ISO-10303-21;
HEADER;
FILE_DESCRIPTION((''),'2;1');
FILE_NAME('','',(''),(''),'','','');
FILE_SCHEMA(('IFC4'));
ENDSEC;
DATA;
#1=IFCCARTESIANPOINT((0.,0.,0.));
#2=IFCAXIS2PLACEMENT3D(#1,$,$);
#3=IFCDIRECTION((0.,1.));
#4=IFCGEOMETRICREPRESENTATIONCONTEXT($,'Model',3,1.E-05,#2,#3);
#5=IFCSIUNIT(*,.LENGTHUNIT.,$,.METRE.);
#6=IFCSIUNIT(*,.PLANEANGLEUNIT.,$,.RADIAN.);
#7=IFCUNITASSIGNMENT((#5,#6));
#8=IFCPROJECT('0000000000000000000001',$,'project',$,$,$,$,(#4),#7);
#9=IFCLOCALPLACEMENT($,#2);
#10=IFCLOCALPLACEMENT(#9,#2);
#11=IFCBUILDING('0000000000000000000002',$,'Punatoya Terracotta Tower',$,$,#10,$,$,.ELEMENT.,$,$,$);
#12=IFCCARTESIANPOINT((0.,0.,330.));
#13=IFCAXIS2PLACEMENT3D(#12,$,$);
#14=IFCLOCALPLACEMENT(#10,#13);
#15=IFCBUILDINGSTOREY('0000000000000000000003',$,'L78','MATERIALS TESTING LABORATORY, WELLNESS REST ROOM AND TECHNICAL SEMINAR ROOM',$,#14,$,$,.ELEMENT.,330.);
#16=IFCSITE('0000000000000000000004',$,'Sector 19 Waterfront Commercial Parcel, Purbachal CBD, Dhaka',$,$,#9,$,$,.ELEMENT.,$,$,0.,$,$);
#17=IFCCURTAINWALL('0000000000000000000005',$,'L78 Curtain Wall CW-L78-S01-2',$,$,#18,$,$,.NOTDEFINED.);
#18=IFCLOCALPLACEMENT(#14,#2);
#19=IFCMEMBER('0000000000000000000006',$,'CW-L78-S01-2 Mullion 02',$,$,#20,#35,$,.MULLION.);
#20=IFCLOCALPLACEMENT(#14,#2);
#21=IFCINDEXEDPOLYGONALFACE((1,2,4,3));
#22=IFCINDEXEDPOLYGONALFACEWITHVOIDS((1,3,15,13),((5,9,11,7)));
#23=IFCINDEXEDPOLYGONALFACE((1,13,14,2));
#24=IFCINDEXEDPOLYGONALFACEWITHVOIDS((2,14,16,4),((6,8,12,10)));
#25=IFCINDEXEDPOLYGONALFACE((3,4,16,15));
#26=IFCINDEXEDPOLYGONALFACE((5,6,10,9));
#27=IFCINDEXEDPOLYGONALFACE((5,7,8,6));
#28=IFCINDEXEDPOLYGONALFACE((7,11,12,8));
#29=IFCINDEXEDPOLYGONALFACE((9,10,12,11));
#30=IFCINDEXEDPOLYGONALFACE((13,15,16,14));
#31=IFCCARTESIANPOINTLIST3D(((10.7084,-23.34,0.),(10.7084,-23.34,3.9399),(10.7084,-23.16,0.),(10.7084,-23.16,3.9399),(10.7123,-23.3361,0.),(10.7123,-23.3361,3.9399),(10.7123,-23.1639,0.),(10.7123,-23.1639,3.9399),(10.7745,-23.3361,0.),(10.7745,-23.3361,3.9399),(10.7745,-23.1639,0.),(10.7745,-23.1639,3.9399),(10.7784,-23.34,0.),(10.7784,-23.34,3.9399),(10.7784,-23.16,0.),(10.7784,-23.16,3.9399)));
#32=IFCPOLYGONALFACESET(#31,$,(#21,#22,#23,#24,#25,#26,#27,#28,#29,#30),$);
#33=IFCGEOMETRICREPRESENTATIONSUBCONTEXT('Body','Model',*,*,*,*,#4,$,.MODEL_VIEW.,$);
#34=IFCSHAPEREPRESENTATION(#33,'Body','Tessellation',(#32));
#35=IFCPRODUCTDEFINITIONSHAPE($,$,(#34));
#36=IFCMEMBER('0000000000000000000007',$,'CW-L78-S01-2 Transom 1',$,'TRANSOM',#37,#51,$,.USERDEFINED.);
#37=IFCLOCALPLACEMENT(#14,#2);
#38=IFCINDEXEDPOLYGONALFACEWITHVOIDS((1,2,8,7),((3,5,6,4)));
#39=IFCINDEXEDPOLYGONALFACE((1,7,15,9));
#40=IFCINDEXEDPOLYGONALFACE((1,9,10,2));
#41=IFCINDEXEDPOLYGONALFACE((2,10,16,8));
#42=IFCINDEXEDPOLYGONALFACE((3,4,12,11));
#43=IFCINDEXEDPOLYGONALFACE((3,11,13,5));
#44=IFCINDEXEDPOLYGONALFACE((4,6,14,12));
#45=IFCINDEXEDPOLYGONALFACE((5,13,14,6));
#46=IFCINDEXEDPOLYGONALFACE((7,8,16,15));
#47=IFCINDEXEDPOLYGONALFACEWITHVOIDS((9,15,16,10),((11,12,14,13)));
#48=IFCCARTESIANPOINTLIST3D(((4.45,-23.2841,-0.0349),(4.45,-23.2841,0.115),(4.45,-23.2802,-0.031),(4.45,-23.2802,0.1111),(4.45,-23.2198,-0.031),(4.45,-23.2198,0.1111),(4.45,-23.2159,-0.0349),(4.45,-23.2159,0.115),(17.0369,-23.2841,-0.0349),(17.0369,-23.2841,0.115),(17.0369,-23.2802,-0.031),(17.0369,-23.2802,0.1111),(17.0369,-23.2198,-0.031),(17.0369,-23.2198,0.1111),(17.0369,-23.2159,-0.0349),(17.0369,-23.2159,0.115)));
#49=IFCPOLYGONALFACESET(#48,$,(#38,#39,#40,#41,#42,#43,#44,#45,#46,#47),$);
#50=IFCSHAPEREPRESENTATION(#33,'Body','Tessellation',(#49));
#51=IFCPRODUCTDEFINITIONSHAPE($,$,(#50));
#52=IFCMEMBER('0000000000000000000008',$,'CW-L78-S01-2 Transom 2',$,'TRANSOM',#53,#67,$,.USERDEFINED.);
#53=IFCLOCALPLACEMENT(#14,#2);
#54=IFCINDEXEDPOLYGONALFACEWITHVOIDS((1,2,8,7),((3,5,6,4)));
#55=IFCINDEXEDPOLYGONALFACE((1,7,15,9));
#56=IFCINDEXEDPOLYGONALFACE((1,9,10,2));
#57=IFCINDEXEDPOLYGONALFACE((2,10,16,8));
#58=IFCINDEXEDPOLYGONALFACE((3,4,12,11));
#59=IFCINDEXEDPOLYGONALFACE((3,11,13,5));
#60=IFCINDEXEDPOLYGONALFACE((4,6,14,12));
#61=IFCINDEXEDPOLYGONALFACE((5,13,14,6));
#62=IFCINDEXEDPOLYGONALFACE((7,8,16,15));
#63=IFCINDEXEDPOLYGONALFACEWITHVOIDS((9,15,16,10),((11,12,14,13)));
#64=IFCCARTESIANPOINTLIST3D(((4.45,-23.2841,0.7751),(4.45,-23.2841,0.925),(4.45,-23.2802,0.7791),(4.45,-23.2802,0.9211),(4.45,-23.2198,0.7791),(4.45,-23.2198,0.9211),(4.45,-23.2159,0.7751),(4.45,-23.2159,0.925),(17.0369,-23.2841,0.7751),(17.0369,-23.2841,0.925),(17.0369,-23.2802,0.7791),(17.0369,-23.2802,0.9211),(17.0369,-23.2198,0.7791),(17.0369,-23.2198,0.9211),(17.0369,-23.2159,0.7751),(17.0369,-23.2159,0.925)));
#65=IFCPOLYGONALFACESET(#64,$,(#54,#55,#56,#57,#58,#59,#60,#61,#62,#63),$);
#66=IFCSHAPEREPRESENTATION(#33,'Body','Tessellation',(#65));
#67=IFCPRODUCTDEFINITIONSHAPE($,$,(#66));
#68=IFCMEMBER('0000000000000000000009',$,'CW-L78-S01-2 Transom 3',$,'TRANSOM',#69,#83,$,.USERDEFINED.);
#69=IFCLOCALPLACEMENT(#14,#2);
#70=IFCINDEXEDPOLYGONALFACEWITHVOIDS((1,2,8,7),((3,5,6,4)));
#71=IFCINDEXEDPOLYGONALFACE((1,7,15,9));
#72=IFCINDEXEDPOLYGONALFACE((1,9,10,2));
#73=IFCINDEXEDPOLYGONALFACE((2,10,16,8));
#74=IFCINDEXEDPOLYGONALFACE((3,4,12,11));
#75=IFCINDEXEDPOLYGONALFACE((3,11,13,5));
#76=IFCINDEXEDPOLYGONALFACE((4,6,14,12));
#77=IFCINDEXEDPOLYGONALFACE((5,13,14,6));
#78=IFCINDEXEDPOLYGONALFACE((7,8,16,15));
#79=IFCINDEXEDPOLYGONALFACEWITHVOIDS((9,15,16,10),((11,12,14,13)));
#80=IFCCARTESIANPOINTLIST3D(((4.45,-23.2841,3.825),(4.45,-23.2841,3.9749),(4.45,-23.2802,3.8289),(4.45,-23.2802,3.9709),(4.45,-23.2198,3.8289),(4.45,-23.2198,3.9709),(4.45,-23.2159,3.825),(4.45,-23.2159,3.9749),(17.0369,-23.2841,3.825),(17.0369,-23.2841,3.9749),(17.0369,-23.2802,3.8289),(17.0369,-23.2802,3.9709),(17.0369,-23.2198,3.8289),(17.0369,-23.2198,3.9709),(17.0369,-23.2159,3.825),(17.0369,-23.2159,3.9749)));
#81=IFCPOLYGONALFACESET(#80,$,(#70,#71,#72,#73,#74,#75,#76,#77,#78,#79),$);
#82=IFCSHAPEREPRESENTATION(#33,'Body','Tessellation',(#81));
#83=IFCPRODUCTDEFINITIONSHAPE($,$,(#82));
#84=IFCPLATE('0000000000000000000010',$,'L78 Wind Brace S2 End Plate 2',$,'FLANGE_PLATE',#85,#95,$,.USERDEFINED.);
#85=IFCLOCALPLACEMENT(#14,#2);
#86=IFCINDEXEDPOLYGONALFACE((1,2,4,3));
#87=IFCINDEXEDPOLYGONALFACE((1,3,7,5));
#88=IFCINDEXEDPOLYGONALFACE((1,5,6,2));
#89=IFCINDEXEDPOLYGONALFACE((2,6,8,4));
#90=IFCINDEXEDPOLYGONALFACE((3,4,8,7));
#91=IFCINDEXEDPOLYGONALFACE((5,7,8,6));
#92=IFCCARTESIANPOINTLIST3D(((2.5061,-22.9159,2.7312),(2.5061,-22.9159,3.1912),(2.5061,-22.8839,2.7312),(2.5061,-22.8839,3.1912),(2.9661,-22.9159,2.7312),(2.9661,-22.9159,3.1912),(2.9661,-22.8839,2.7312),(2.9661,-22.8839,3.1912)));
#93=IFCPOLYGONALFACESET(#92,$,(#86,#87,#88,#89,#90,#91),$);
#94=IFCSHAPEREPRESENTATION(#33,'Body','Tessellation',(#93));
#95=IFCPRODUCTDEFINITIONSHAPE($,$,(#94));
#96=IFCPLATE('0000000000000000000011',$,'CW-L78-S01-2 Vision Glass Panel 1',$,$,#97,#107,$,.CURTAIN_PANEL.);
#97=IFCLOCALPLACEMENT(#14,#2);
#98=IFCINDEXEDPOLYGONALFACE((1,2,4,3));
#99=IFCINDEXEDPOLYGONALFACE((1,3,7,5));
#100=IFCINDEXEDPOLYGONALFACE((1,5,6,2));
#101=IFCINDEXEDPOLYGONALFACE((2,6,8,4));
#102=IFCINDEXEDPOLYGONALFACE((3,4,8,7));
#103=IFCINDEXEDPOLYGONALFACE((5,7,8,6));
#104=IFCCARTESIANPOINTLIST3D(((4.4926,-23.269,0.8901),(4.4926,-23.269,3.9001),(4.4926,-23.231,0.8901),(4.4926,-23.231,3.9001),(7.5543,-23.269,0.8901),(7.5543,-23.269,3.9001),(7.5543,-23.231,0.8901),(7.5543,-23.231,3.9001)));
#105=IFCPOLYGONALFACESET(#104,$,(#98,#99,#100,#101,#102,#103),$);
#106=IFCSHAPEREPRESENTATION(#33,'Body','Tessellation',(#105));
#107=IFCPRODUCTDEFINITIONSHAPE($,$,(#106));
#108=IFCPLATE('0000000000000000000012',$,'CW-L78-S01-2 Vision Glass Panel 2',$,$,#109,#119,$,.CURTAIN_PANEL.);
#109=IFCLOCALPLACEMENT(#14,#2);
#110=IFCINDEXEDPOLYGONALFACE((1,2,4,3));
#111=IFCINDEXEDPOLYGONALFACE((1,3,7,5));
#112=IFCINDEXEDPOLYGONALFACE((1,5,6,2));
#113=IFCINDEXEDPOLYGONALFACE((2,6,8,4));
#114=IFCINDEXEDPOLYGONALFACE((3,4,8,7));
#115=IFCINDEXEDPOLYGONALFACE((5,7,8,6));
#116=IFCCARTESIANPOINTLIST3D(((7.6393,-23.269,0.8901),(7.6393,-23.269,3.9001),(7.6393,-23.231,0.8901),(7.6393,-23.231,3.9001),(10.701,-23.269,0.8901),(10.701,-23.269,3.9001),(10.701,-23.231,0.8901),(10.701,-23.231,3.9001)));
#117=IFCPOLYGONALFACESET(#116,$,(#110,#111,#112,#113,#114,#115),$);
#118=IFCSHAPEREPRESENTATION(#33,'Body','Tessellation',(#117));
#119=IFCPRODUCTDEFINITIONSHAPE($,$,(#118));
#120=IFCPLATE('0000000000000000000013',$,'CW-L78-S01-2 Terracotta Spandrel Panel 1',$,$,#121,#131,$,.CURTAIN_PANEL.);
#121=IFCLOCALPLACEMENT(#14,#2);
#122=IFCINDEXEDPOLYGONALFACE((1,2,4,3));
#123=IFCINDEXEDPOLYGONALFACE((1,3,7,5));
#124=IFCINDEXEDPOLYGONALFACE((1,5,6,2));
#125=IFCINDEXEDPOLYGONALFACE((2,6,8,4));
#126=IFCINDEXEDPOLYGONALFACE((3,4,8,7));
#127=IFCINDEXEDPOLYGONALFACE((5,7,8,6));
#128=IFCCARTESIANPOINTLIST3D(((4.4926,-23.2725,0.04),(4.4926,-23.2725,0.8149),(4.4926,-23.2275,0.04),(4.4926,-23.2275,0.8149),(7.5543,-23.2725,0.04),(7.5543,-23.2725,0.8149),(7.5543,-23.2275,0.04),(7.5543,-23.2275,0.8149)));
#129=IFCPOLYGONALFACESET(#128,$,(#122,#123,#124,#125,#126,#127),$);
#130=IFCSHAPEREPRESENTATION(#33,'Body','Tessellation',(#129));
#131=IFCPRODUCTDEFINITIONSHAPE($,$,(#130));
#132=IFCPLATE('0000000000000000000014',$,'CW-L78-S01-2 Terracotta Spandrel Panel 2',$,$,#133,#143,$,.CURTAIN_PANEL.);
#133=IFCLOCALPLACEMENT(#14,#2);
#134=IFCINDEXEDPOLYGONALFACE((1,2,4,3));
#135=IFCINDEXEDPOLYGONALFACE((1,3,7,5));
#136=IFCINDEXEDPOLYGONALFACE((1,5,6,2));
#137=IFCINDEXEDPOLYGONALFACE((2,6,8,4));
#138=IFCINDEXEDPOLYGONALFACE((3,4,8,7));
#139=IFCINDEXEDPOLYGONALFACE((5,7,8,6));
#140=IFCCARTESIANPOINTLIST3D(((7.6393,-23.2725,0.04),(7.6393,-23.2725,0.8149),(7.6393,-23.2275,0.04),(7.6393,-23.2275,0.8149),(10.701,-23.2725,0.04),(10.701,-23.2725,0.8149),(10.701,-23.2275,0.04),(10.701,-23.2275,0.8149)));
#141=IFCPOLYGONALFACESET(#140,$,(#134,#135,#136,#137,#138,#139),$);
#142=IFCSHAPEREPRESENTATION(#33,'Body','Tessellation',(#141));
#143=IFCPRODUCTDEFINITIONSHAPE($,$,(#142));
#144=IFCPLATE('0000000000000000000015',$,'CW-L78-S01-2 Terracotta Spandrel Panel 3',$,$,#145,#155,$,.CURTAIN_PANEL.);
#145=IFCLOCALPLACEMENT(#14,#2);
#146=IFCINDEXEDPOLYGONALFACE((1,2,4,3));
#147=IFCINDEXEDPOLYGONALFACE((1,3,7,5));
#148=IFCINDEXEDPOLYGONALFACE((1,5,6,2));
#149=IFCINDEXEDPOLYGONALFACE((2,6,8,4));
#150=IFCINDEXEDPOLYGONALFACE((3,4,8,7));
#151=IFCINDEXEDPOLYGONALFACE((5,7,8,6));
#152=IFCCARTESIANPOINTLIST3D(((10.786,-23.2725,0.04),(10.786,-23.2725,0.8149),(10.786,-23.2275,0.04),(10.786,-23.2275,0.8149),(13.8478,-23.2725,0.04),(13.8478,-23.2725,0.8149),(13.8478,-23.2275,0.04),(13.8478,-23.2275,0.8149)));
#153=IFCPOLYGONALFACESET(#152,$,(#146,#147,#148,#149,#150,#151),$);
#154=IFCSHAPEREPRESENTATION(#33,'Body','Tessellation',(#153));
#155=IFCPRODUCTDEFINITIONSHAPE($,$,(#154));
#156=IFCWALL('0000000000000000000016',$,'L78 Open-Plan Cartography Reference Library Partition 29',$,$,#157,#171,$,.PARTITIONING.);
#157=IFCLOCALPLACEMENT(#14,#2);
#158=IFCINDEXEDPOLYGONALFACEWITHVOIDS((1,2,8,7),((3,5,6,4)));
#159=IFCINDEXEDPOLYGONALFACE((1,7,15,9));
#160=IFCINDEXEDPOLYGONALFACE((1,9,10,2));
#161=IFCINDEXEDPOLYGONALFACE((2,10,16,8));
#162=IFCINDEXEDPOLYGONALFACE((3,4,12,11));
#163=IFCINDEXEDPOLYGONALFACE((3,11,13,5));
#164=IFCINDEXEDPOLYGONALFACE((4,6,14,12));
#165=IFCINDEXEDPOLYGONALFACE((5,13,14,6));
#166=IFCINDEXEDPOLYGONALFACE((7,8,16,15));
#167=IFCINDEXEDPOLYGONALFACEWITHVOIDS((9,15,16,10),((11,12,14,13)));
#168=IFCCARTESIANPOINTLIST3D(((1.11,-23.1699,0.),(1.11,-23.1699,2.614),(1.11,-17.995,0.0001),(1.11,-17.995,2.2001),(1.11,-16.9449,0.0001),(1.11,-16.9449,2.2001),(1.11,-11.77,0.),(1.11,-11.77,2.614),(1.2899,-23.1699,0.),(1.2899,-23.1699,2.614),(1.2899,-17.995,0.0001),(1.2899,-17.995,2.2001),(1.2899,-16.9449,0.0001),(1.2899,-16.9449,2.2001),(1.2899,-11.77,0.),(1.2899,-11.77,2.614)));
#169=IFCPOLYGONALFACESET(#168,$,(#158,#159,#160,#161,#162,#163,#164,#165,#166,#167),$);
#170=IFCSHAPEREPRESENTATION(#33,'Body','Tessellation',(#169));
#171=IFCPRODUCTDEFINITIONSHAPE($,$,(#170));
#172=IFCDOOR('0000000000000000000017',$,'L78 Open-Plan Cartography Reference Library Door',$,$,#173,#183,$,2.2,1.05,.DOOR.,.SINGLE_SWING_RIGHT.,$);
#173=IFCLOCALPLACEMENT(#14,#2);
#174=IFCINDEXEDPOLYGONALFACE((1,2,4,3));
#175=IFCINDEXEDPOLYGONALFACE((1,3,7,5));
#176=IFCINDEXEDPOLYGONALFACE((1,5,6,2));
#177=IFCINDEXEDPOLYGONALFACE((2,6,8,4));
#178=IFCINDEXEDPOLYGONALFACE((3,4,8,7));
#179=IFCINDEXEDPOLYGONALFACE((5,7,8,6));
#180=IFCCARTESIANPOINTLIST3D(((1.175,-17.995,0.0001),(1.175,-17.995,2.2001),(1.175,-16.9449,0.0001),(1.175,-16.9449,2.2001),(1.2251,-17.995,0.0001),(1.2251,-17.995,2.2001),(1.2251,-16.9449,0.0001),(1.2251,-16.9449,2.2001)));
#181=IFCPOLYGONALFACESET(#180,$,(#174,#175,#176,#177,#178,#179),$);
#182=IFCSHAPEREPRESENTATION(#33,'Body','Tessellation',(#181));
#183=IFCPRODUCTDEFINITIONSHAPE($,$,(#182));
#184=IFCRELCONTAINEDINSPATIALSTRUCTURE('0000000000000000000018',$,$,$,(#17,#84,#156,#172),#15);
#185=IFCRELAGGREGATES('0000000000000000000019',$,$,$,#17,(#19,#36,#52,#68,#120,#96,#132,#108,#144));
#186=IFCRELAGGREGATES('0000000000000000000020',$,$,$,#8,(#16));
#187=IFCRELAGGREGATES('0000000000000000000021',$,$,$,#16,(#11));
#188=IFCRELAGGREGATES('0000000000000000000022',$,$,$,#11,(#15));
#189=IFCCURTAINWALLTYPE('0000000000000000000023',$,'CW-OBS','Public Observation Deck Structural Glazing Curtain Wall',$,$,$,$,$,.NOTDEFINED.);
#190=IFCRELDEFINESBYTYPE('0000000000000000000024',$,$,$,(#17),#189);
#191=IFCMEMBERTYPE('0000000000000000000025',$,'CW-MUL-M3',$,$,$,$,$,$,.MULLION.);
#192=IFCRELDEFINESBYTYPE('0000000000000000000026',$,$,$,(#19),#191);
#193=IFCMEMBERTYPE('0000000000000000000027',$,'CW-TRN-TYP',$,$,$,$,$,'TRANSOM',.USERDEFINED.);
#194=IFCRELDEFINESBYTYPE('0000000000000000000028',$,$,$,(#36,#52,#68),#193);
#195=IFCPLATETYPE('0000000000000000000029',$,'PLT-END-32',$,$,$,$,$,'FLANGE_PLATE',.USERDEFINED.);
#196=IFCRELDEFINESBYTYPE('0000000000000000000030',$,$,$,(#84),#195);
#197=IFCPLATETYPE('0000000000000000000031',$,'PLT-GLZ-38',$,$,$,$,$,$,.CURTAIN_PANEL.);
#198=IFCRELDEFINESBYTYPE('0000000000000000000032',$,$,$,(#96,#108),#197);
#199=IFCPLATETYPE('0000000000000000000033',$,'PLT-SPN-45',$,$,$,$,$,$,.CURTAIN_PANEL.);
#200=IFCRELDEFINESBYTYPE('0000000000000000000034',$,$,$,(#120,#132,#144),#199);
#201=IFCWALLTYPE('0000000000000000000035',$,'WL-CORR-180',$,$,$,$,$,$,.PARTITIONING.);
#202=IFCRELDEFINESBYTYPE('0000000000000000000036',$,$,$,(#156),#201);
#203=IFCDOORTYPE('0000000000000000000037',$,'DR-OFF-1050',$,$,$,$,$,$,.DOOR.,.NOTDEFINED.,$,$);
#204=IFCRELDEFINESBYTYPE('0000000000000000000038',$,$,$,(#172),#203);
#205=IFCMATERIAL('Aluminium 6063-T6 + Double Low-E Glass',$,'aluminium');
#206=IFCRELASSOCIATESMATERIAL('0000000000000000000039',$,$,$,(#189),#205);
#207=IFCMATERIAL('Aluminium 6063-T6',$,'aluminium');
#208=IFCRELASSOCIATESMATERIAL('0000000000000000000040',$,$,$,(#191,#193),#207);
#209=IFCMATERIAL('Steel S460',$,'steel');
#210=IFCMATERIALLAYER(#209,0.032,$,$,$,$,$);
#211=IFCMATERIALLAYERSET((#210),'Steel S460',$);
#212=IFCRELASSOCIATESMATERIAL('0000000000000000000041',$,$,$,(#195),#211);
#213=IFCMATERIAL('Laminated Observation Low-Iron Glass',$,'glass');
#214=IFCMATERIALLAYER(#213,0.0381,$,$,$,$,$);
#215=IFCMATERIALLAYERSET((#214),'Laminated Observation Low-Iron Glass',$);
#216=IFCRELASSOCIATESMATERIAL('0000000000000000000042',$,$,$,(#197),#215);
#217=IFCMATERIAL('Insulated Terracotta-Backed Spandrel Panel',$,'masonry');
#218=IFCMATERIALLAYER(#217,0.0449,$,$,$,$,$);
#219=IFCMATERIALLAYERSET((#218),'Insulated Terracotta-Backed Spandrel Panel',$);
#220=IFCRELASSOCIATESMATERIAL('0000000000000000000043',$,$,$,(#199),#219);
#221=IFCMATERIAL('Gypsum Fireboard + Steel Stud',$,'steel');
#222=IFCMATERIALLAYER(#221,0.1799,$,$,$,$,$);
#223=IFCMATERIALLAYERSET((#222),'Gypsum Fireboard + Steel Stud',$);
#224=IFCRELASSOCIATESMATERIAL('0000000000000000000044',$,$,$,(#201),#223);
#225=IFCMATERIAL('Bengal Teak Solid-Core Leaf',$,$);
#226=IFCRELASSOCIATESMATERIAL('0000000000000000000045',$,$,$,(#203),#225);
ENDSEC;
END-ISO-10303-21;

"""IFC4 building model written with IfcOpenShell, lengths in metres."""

from ifc_helpers import new_model, si_unit, direction, frame, frame_2d, origin, origin_2d, place, context, subcontext, project, spatial, rectangle, hollow_rectangle, extrude, material, layer, layer_set, material_profile, profile_set, type_object, element, fill, aggregate, save


model = new_model("IFC4")

# Units and contexts
model_context = context("Model", 3, precision=1e-05, world=origin(), true_north=direction((0.0, 1.0)))
body_context = subcontext(model_context, "Body", "Model", "MODEL_VIEW")
ifc_project = project(units=[si_unit("LENGTHUNIT", "METRE"), si_unit("PLANEANGLEUNIT", "RADIAN")], contexts=[model_context])

# Site, building, storey
site_placement = place(None, origin())
site = spatial("IfcSite", under=ifc_project, at=site_placement, Name="Sector 19 Waterfront Commercial Parcel, Purbachal CBD, Dhaka", CompositionType="ELEMENT", RefElevation=0.0)
building_placement = place(site_placement, origin())
building = spatial("IfcBuilding", under=site, at=building_placement, Name="Punatoya Terracotta Tower", CompositionType="ELEMENT")
storey_placement = place(building_placement, frame((0.0, 0.0, 330.0)))
storey = spatial("IfcBuildingStorey", under=building, at=storey_placement, Name="L78", Description="MATERIALS TESTING LABORATORY, WELLNESS REST ROOM AND TECHNICAL SEMINAR ROOM", CompositionType="ELEMENT", Elevation=330.0)

# Shared definitions
ifc_material_1 = material(Name="Steel S460", Category="steel")

# Curtain wall, members
ifc_material_2 = material(Name="Aluminium 6063-T6 + Double Low-E Glass", Category="aluminium")
curtain_wall_type = type_object("IfcCurtainWallType", Name="CW-OBS", Description="Public Observation Deck Structural Glazing Curtain Wall", PredefinedType="NOTDEFINED", material=ifc_material_2)
curtain_wall_placement = place(storey_placement, origin())
curtain_wall = element("IfcCurtainWall", 1, at=curtain_wall_placement, inside=storey, type_object=curtain_wall_type, Name="L78 Curtain Wall CW-L78-S01-2", PredefinedType="NOTDEFINED")
ifc_material_3 = material(Name="Aluminium 6063-T6", Category="aluminium")
ifc_material_profile_1 = material_profile(ifc_material_3, hollow_rectangle(XDim=0.0701, YDim=0.1799, WallThickness=0.0039, at=origin_2d()))
ifc_profile_set_1 = profile_set([ifc_material_profile_1], Name="Aluminium 6063-T6")
member_type_1 = type_object("IfcMemberType", Name="CW-MUL-M3", PredefinedType="MULLION", material=ifc_profile_set_1)
member_1_placement = place(storey_placement, frame((10.7434, -23.25, 0.0), z_axis=(0.0, 0.0, 1.0), x_axis=(1.0, 0.0, 0.0)))
member_1 = element("IfcMember", 2, at=member_1_placement, type_object=member_type_1, Name="CW-L78-S01-2 Mullion 02", PredefinedType="MULLION", context=body_context, shape_type="SweptSolid", body=[
    extrude(hollow_rectangle(XDim=0.0701, YDim=0.1799, WallThickness=0.0039, at=origin_2d()), origin(), (0.0, 0.0, 1.0), 3.9399),
])
ifc_material_profile_2 = material_profile(ifc_material_3, hollow_rectangle(XDim=0.0681, YDim=0.1499, WallThickness=0.0039, at=origin_2d()))
ifc_profile_set_2 = profile_set([ifc_material_profile_2], Name="Aluminium 6063-T6")
member_type_2 = type_object("IfcMemberType", Name="CW-TRN-TYP", ElementType="TRANSOM", PredefinedType="USERDEFINED", material=ifc_profile_set_2)
member_2_placement = place(storey_placement, frame((4.45, -23.25, 0.04), z_axis=(1.0, 0.0, 0.0), x_axis=(0.0, 1.0, 0.0)))
member_2 = element("IfcMember", 3, at=member_2_placement, type_object=member_type_2, Name="CW-L78-S01-2 Transom 1", ObjectType="TRANSOM", PredefinedType="USERDEFINED", context=body_context, shape_type="SweptSolid", body=[
    extrude(hollow_rectangle(XDim=0.0681, YDim=0.1499, WallThickness=0.0039, at=origin_2d()), origin(), (0.0, 0.0, 1.0), 12.5869),
])
member_3_placement = place(storey_placement, frame((4.45, -23.25, 0.8501), z_axis=(1.0, 0.0, 0.0), x_axis=(0.0, 1.0, 0.0)))
member_3 = element("IfcMember", 4, at=member_3_placement, type_object=member_type_2, Name="CW-L78-S01-2 Transom 2", ObjectType="TRANSOM", PredefinedType="USERDEFINED", context=body_context, shape_type="SweptSolid", body=[
    extrude(hollow_rectangle(XDim=0.0681, YDim=0.1499, WallThickness=0.0039, at=origin_2d()), origin(), (0.0, 0.0, 1.0), 12.5869),
])
member_4_placement = place(storey_placement, frame((4.45, -23.25, 3.8999), z_axis=(1.0, 0.0, 0.0), x_axis=(0.0, 1.0, 0.0)))
member_4 = element("IfcMember", 5, at=member_4_placement, type_object=member_type_2, Name="CW-L78-S01-2 Transom 3", ObjectType="TRANSOM", PredefinedType="USERDEFINED", context=body_context, shape_type="SweptSolid", body=[
    extrude(hollow_rectangle(XDim=0.0681, YDim=0.1499, WallThickness=0.0039, at=origin_2d()), origin(), (0.0, 0.0, 1.0), 12.5869),
])

# Plates
ifc_layer_1 = layer(ifc_material_1, 0.032)
ifc_layer_set_1 = layer_set([ifc_layer_1], Name="Steel S460")
plate_type_1 = type_object("IfcPlateType", Name="PLT-END-32", ElementType="FLANGE_PLATE", PredefinedType="USERDEFINED", material=ifc_layer_set_1)
plate_1_placement = place(storey_placement, frame((2.7361, -22.8999, 2.7312), z_axis=(0.0, 0.0, 1.0), x_axis=(1.0, 0.0, 0.0)))
element("IfcPlate", 6, at=plate_1_placement, inside=storey, type_object=plate_type_1, Name="L78 Wind Brace S2 End Plate 2", ObjectType="FLANGE_PLATE", PredefinedType="USERDEFINED", context=body_context, shape_type="SweptSolid", body=[
    extrude(rectangle(XDim=0.46, YDim=0.032, at=origin_2d()), origin(), (0.0, 0.0, 1.0), 0.46),
])
ifc_material_4 = material(Name="Laminated Observation Low-Iron Glass", Category="glass")
ifc_layer_2 = layer(ifc_material_4, 0.0381)
ifc_layer_set_2 = layer_set([ifc_layer_2], Name="Laminated Observation Low-Iron Glass")
plate_type_2 = type_object("IfcPlateType", Name="PLT-GLZ-38", PredefinedType="CURTAIN_PANEL", material=ifc_layer_set_2)
plate_2_placement = place(storey_placement, frame((6.0234, -23.25, 0.8901), z_axis=(0.0, 0.0, 1.0), x_axis=(1.0, 0.0, 0.0)))
plate_2 = element("IfcPlate", 7, at=plate_2_placement, type_object=plate_type_2, Name="CW-L78-S01-2 Vision Glass Panel 1", PredefinedType="CURTAIN_PANEL", context=body_context, shape_type="SweptSolid", body=[
    extrude(rectangle(XDim=3.0618, YDim=0.0381, at=origin_2d()), origin(), (0.0, 0.0, 1.0), 3.01),
])
plate_3_placement = place(storey_placement, frame((9.1702, -23.25, 0.8901), z_axis=(0.0, 0.0, 1.0), x_axis=(1.0, 0.0, 0.0)))
plate_3 = element("IfcPlate", 8, at=plate_3_placement, type_object=plate_type_2, Name="CW-L78-S01-2 Vision Glass Panel 2", PredefinedType="CURTAIN_PANEL", context=body_context, shape_type="SweptSolid", body=[
    extrude(rectangle(XDim=3.0618, YDim=0.0381, at=origin_2d()), origin(), (0.0, 0.0, 1.0), 3.01),
])
ifc_material_5 = material(Name="Insulated Terracotta-Backed Spandrel Panel", Category="masonry")
ifc_layer_3 = layer(ifc_material_5, 0.0449)
ifc_layer_set_3 = layer_set([ifc_layer_3], Name="Insulated Terracotta-Backed Spandrel Panel")
plate_type_3 = type_object("IfcPlateType", Name="PLT-SPN-45", PredefinedType="CURTAIN_PANEL", material=ifc_layer_set_3)
plate_4_placement = place(storey_placement, frame((6.0234, -23.25, 0.04), z_axis=(0.0, 0.0, 1.0), x_axis=(1.0, 0.0, 0.0)))
plate_4 = element("IfcPlate", 9, at=plate_4_placement, type_object=plate_type_3, Name="CW-L78-S01-2 Terracotta Spandrel Panel 1", PredefinedType="CURTAIN_PANEL", context=body_context, shape_type="SweptSolid", body=[
    extrude(rectangle(XDim=3.0618, YDim=0.0449, at=origin_2d()), origin(), (0.0, 0.0, 1.0), 0.7749),
])
plate_5_placement = place(storey_placement, frame((9.1702, -23.25, 0.04), z_axis=(0.0, 0.0, 1.0), x_axis=(1.0, 0.0, 0.0)))
plate_5 = element("IfcPlate", 10, at=plate_5_placement, type_object=plate_type_3, Name="CW-L78-S01-2 Terracotta Spandrel Panel 2", PredefinedType="CURTAIN_PANEL", context=body_context, shape_type="SweptSolid", body=[
    extrude(rectangle(XDim=3.0618, YDim=0.0449, at=origin_2d()), origin(), (0.0, 0.0, 1.0), 0.7749),
])
plate_6_placement = place(storey_placement, frame((12.3169, -23.25, 0.04), z_axis=(0.0, 0.0, 1.0), x_axis=(1.0, 0.0, 0.0)))
plate_6 = element("IfcPlate", 11, at=plate_6_placement, type_object=plate_type_3, Name="CW-L78-S01-2 Terracotta Spandrel Panel 3", PredefinedType="CURTAIN_PANEL", context=body_context, shape_type="SweptSolid", body=[
    extrude(rectangle(XDim=3.0618, YDim=0.0449, at=origin_2d()), origin(), (0.0, 0.0, 1.0), 0.7749),
])
aggregate(curtain_wall, [member_1, member_2, member_3, member_4, plate_4, plate_2, plate_5, plate_3, plate_6])

# Wall, opening, door
ifc_material_6 = material(Name="Gypsum Fireboard + Steel Stud", Category="steel")
ifc_layer_4 = layer(ifc_material_6, 0.1799)
ifc_layer_set_4 = layer_set([ifc_layer_4], Name="Gypsum Fireboard + Steel Stud")
wall_type = type_object("IfcWallType", Name="WL-CORR-180", PredefinedType="PARTITIONING", material=ifc_layer_set_4)
wall_placement = place(storey_placement, frame((1.2, -23.1699, 0.0), z_axis=(0.0, 0.0, 1.0), x_axis=(0.0, 1.0, 0.0)))
wall = element("IfcWall", 12, at=wall_placement, inside=storey, type_object=wall_type, Name="L78 Open-Plan Cartography Reference Library Partition 29", PredefinedType="PARTITIONING", context=body_context, shape_type="SweptSolid", body=[
    extrude(rectangle(XDim=11.3999, YDim=0.1799, at=frame_2d((5.7, 0.0))), origin(), (0.0, 0.0, 1.0), 2.614),
])
opening_placement = place(wall_placement, frame((5.175, 0.0, 0.0)))
opening = element("IfcOpeningElement", 13, at=opening_placement, cuts=wall, PredefinedType="OPENING", context=body_context, shape_type="SweptSolid", body=[
    extrude(rectangle(XDim=1.05, YDim=2.2, at=frame_2d((0.5249, 1.1001))), frame((0.0, 0.0999, 0.0), z_axis=(0.0, -1.0, 0.0), x_axis=(1.0, 0.0, 0.0)), (0.0, 0.0, 1.0), 0.2),
])
ifc_material_7 = material(Name="Bengal Teak Solid-Core Leaf")
door_type = type_object("IfcDoorType", Name="DR-OFF-1050", OperationType="NOTDEFINED", PredefinedType="DOOR", material=ifc_material_7)
door_placement = place(opening_placement, origin())
door = element("IfcDoor", 14, at=door_placement, inside=storey, type_object=door_type, Name="L78 Open-Plan Cartography Reference Library Door", OperationType="SINGLE_SWING_RIGHT", OverallHeight=2.2, OverallWidth=1.05, PredefinedType="DOOR", context=body_context, shape_type="SweptSolid", body=[
    extrude(rectangle(XDim=1.05, YDim=2.2, at=frame_2d((0.5249, 1.1001))), frame((0.0, 0.0249, 0.0), z_axis=(0.0, -1.0, 0.0), x_axis=(1.0, 0.0, 0.0)), (0.0, 0.0, 1.0), 0.05),
])
fill(opening, door)

save(model, "model.ifc")
